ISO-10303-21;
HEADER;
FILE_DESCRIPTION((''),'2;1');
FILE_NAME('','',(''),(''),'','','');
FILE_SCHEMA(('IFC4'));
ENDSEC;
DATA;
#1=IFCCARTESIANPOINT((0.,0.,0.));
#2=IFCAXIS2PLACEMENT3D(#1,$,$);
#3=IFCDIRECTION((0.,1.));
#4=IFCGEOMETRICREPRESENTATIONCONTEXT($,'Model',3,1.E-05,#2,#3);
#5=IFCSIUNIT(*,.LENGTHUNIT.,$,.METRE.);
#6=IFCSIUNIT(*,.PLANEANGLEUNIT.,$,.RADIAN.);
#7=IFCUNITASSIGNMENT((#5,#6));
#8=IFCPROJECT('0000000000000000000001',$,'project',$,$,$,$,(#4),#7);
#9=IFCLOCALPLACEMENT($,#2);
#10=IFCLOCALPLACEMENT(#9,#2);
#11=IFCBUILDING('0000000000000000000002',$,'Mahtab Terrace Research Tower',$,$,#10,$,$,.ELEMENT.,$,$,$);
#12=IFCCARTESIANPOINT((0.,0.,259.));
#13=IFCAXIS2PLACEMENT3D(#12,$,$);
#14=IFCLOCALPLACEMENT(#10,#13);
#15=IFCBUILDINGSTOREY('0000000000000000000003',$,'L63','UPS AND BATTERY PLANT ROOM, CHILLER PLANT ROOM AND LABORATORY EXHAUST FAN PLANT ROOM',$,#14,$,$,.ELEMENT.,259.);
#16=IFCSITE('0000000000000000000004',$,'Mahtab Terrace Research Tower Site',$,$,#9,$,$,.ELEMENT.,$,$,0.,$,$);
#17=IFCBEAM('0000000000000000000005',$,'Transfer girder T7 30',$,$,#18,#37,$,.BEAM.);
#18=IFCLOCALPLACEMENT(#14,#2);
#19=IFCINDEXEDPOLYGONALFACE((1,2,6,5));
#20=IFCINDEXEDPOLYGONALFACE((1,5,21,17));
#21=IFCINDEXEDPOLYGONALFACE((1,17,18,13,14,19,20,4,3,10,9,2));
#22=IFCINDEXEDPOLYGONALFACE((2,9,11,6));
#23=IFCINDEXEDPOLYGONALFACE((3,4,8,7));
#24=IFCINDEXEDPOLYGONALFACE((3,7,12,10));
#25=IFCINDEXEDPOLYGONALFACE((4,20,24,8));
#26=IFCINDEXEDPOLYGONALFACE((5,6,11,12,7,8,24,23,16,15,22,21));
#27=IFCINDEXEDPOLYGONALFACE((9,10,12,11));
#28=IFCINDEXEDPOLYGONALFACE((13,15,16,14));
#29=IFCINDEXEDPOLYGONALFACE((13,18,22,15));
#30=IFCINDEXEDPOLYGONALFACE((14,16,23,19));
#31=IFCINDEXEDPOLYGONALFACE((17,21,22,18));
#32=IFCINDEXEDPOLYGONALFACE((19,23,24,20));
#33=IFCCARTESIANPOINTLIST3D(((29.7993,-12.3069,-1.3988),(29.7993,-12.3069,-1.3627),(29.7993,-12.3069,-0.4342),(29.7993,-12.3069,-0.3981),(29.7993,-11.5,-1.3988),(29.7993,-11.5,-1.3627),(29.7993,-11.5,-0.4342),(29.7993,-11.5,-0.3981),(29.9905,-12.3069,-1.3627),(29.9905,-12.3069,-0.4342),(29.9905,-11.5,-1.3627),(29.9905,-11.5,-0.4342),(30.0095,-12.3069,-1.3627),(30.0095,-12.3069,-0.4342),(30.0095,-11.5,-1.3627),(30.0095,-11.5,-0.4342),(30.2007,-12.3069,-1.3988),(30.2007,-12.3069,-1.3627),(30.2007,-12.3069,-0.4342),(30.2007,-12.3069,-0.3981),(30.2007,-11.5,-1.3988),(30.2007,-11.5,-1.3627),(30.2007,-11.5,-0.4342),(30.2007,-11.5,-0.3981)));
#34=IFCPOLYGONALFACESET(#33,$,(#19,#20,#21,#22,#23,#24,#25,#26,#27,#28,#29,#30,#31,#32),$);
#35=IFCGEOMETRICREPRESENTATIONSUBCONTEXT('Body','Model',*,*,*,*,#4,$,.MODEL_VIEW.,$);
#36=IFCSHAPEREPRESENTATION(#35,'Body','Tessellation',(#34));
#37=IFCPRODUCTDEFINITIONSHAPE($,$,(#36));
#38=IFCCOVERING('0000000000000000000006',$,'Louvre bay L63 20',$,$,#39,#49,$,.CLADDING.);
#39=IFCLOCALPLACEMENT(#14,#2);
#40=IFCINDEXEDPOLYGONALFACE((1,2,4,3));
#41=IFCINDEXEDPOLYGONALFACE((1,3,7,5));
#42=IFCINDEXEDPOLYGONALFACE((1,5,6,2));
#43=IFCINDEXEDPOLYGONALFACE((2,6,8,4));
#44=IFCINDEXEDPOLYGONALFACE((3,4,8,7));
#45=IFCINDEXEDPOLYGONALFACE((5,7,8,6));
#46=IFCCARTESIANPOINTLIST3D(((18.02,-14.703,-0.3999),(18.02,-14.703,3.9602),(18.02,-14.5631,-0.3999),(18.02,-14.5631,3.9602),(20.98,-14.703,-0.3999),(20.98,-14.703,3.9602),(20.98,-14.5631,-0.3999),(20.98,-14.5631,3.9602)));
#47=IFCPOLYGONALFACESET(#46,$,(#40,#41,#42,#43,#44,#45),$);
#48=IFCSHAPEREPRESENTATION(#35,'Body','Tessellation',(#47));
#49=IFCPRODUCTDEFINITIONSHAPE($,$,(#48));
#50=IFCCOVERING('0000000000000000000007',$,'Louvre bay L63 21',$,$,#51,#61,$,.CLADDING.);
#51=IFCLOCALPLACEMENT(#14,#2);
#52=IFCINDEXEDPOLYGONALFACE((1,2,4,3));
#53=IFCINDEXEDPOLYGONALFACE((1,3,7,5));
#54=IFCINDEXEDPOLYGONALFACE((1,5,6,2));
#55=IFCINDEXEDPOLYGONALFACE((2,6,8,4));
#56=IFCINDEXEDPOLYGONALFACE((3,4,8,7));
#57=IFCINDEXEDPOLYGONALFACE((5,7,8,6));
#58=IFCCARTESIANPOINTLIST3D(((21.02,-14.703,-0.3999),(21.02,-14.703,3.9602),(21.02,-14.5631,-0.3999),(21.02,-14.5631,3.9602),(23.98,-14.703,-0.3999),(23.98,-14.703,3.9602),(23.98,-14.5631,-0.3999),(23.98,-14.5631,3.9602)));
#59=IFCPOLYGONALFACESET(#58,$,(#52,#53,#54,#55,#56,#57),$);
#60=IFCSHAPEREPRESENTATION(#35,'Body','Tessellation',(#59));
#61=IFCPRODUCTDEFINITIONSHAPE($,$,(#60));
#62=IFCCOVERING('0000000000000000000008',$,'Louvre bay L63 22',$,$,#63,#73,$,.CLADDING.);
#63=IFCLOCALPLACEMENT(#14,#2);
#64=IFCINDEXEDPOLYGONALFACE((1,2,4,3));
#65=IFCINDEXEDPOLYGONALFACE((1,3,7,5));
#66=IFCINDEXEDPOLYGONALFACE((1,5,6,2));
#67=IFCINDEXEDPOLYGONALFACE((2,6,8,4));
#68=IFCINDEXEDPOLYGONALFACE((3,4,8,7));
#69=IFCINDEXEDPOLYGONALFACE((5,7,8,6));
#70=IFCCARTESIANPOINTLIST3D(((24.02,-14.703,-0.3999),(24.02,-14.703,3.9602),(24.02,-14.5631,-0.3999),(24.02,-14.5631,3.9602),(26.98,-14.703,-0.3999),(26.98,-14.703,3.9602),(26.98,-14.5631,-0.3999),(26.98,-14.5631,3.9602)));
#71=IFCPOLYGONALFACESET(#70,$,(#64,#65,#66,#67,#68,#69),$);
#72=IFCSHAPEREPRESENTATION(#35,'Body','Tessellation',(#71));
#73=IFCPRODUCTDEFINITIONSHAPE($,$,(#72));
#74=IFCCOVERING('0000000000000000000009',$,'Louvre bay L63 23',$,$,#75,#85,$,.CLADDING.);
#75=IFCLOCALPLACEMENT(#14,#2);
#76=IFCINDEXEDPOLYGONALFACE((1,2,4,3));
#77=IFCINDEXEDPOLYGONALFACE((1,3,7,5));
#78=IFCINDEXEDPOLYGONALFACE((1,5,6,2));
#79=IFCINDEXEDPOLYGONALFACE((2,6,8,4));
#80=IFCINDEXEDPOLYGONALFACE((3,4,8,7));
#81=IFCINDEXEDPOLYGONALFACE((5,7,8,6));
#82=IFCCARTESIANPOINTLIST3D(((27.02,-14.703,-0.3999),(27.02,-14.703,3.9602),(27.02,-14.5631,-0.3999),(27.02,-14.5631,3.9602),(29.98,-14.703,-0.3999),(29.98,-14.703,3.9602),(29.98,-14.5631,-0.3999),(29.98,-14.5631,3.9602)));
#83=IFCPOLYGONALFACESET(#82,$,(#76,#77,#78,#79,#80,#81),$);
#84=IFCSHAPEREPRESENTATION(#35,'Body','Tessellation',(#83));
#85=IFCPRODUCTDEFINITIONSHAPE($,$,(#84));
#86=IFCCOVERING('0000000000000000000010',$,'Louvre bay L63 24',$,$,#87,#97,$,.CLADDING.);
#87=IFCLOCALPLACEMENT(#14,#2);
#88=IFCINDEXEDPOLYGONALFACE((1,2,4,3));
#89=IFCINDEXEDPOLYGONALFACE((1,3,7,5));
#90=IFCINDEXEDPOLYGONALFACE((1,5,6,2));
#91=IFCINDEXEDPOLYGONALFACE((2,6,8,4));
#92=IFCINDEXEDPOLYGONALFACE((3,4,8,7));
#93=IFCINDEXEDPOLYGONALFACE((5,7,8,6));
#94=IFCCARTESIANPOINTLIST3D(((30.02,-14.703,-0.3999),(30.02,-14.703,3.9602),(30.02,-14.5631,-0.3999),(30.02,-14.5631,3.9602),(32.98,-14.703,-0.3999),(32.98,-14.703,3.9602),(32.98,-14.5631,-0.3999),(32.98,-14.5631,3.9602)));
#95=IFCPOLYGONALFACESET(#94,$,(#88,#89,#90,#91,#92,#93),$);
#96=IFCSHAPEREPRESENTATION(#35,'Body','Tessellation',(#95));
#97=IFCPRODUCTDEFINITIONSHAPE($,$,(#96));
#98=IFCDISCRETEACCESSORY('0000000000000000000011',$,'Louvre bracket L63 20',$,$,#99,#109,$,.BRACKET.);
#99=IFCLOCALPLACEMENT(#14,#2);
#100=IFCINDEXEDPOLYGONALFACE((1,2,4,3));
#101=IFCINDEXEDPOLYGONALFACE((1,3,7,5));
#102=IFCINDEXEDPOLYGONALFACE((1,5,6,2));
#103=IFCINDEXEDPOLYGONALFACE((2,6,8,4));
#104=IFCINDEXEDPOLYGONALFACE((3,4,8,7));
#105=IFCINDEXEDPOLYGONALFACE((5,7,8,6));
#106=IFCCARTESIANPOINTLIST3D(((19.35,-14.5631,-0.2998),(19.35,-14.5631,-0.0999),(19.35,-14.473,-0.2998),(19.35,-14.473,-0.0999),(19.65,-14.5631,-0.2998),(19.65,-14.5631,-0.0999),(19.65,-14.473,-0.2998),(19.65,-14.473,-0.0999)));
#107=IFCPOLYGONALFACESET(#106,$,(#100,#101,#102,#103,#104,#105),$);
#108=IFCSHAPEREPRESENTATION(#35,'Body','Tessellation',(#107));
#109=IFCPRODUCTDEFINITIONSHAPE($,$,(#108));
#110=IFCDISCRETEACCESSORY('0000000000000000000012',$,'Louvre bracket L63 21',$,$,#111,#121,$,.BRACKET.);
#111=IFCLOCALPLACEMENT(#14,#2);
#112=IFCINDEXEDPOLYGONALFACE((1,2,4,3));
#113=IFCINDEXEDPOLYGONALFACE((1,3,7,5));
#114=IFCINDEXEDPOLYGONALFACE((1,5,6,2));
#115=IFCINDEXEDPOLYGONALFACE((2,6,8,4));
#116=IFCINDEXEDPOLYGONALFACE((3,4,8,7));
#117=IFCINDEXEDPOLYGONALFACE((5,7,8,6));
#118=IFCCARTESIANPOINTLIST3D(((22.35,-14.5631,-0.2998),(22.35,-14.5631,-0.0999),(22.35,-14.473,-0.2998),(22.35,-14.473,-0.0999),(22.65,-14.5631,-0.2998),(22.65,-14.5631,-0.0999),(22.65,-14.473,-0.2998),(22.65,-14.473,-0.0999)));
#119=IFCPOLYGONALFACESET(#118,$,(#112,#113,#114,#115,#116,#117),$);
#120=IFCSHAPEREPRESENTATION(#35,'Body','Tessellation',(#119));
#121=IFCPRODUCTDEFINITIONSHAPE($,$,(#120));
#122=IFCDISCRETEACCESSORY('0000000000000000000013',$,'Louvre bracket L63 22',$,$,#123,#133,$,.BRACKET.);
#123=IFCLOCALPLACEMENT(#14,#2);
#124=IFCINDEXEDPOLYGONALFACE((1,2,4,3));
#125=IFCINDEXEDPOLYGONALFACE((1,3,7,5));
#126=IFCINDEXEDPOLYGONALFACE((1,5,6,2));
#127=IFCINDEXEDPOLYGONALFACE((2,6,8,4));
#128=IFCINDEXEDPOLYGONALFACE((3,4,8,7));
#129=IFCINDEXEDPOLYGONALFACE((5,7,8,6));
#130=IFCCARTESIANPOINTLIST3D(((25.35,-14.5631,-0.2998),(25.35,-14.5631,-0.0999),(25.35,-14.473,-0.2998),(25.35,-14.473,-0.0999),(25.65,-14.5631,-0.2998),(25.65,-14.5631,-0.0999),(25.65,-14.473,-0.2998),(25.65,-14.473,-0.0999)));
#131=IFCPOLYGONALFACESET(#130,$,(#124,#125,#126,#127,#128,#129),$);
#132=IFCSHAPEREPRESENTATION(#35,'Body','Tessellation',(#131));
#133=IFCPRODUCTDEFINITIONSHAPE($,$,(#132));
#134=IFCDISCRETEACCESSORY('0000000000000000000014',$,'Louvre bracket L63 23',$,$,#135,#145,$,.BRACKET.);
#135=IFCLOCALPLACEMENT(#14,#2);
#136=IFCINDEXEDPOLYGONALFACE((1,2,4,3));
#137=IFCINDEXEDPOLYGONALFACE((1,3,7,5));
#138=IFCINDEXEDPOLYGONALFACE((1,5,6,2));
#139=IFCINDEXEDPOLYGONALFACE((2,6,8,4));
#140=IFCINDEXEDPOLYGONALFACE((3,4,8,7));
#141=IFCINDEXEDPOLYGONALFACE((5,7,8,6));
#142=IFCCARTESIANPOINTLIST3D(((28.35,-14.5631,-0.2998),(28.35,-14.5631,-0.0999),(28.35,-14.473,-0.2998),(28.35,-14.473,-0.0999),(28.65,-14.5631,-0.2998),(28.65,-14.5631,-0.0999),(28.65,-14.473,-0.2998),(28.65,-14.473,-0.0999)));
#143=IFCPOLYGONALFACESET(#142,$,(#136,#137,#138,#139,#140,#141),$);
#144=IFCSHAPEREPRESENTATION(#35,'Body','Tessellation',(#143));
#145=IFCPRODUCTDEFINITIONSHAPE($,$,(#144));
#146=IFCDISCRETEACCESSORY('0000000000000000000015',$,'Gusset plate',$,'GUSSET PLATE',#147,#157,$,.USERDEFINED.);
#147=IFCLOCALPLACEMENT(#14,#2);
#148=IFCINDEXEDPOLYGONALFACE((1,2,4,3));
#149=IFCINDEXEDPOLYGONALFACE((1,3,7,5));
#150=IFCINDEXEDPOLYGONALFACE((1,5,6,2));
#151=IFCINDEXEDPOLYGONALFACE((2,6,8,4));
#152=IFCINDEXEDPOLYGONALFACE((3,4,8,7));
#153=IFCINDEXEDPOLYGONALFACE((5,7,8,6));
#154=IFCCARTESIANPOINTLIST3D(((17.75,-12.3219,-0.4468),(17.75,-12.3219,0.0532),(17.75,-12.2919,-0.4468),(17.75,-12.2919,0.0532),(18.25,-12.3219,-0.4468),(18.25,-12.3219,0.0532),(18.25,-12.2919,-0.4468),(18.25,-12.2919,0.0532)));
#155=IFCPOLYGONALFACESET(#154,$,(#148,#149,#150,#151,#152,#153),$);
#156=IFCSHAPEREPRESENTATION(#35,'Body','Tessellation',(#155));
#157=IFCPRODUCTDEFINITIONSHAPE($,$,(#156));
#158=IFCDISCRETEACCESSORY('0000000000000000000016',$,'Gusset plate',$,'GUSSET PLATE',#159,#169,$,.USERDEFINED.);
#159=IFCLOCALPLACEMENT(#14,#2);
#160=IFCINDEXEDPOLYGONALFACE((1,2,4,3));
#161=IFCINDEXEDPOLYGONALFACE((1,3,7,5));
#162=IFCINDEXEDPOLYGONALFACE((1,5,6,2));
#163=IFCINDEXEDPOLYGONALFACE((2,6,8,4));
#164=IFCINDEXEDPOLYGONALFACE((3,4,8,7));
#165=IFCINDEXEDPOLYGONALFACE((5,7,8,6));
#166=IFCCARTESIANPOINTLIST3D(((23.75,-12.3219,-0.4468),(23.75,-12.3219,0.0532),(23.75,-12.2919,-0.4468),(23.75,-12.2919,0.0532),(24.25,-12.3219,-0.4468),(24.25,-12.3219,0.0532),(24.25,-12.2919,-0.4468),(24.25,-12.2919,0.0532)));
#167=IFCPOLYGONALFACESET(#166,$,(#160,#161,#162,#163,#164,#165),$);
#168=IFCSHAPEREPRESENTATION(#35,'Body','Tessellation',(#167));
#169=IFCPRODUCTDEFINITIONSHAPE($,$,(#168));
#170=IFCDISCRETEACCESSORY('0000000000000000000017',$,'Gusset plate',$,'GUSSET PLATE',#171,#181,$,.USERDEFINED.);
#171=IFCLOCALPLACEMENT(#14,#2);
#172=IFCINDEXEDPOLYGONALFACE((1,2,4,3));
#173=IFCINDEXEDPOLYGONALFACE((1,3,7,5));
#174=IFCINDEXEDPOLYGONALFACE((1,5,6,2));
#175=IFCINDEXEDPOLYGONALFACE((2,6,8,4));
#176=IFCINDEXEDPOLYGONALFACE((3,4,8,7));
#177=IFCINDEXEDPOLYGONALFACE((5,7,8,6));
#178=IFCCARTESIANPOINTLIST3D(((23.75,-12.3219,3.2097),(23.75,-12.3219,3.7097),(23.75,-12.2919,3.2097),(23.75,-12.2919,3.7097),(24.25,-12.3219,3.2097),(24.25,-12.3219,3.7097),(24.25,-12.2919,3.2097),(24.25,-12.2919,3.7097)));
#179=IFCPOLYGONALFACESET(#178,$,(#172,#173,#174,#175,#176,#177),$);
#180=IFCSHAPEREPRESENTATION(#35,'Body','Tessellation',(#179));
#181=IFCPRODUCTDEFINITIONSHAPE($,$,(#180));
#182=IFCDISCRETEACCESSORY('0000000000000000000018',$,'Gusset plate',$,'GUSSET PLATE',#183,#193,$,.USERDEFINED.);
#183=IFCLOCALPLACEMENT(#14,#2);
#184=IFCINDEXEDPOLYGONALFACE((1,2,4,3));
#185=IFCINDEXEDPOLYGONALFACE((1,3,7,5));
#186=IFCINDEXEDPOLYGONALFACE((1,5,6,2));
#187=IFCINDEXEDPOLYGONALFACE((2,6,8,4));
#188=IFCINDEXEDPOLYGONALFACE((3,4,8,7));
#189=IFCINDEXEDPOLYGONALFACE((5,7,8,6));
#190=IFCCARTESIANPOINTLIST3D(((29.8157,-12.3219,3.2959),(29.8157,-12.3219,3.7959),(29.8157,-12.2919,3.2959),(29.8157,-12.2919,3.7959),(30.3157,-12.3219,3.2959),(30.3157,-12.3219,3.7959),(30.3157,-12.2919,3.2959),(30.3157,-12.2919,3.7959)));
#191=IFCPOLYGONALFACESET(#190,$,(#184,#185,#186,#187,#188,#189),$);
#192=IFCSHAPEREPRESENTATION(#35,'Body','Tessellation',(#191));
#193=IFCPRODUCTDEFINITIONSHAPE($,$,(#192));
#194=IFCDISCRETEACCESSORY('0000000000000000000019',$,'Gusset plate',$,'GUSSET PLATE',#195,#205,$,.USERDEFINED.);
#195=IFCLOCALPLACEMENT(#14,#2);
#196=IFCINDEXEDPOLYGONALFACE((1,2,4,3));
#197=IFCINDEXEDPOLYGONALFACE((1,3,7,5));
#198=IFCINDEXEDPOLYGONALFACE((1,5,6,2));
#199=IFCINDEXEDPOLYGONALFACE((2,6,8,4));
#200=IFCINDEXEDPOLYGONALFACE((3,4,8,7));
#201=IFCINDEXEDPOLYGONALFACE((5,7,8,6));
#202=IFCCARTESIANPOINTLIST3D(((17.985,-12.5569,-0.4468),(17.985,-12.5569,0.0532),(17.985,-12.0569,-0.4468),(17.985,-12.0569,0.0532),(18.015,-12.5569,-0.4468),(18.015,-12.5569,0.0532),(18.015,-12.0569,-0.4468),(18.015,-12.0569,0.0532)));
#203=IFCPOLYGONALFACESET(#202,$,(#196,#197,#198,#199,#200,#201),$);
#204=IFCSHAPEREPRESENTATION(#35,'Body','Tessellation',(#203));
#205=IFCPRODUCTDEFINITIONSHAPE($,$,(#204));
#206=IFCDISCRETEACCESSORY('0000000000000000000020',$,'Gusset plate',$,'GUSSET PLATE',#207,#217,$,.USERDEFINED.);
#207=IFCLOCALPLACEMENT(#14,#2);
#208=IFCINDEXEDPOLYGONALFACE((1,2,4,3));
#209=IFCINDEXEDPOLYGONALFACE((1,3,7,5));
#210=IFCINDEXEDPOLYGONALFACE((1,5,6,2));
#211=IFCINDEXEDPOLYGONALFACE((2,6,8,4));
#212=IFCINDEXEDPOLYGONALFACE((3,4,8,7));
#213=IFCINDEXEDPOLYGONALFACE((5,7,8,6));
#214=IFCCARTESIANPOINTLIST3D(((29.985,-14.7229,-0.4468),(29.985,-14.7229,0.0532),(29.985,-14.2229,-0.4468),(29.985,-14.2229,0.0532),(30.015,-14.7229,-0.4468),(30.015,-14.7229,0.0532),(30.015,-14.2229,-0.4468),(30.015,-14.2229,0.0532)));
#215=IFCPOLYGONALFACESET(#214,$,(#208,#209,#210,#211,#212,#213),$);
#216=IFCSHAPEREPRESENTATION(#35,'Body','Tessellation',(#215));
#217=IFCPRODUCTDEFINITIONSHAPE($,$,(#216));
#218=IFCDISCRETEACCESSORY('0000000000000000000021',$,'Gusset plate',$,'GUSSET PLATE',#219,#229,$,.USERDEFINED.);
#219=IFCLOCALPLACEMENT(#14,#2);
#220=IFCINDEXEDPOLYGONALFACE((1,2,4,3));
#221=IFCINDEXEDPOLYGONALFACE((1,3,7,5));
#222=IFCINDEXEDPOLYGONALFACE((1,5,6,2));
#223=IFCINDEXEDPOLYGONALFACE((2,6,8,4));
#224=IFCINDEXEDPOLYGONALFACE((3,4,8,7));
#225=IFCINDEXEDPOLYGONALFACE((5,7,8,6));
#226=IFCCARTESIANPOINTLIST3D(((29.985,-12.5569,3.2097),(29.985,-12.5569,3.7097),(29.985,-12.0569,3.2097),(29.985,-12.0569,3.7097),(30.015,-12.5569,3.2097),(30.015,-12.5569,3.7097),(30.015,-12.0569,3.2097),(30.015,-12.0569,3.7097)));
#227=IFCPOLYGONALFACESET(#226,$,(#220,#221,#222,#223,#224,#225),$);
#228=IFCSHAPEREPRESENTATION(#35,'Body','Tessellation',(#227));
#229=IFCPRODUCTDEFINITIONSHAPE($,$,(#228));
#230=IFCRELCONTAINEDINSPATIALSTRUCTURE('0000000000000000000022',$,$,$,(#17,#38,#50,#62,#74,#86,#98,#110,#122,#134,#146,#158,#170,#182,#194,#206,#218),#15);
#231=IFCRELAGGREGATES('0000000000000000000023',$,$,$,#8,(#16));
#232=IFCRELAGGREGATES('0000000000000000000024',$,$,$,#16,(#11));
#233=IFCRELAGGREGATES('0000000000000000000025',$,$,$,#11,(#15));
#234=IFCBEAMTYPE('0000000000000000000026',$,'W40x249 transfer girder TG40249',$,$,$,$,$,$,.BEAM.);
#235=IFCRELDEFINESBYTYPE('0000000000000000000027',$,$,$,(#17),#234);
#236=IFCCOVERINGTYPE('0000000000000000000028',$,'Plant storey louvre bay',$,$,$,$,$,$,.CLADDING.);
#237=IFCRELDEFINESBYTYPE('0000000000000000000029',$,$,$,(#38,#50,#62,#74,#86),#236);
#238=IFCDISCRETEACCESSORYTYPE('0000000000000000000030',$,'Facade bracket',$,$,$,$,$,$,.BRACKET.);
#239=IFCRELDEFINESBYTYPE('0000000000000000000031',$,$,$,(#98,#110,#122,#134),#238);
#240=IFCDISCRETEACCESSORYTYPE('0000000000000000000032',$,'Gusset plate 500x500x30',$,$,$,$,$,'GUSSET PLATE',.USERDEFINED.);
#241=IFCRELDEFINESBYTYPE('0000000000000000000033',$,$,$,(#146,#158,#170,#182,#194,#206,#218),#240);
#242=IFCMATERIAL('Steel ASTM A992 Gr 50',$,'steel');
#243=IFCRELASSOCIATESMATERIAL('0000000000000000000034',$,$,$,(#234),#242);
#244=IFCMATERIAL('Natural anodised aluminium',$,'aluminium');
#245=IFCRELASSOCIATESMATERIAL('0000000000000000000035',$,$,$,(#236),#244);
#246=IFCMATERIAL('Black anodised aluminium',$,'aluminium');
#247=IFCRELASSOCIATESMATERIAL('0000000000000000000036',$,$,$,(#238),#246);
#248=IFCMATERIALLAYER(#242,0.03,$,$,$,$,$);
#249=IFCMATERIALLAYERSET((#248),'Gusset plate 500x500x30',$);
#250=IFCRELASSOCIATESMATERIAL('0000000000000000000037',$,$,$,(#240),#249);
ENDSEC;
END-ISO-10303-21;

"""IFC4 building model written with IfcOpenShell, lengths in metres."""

from ifc_helpers import new_model, si_unit, direction, frame, origin, origin_2d, place, context, subcontext, project, spatial, rectangle, i_section, extrude, material, layer, layer_set, material_profile, profile_set, type_object, element, save


model = new_model("IFC4")

# Units and contexts
model_context = context("Model", 3, precision=1e-05, world=origin(), true_north=direction((0.0, 1.0)))
body_context = subcontext(model_context, "Body", "Model", "MODEL_VIEW")
ifc_project = project(units=[si_unit("LENGTHUNIT", "METRE"), si_unit("PLANEANGLEUNIT", "RADIAN")], contexts=[model_context])

# Site, building, storey
site_placement = place(None, origin())
site = spatial("IfcSite", under=ifc_project, at=site_placement, Name="Mahtab Terrace Research Tower Site", CompositionType="ELEMENT", RefElevation=0.0)
building_placement = place(site_placement, origin())
building = spatial("IfcBuilding", under=site, at=building_placement, Name="Mahtab Terrace Research Tower", CompositionType="ELEMENT")
storey_placement = place(building_placement, frame((0.0, 0.0, 259.0)))
storey = spatial("IfcBuildingStorey", under=building, at=storey_placement, Name="L63", Description="UPS AND BATTERY PLANT ROOM, CHILLER PLANT ROOM AND LABORATORY EXHAUST FAN PLANT ROOM", CompositionType="ELEMENT", Elevation=259.0)

# Shared definitions
ifc_material_1 = material(Name="Steel ASTM A992 Gr 50", Category="steel")

# Beam
ifc_material_profile_1 = material_profile(ifc_material_1, i_section(OverallWidth=0.4014, OverallDepth=1.0007, WebThickness=0.019, FlangeThickness=0.0361, at=origin_2d()), Name="W40X249")
ifc_profile_set_1 = profile_set([ifc_material_profile_1], Name="Steel ASTM A992 Gr 50")
beam_type = type_object("IfcBeamType", Name="W40x249 transfer girder TG40249", PredefinedType="BEAM", material=ifc_profile_set_1)
beam_1_placement = place(storey_placement, frame((30.0, -12.3069, -0.8984), z_axis=(0.0, 1.0, 0.0), x_axis=(-1.0, 0.0, 0.0)))
element("IfcBeam", 1, at=beam_1_placement, inside=storey, type_object=beam_type, Name="Transfer girder T7 30", PredefinedType="BEAM", context=body_context, shape_type="SweptSolid", body=[
    extrude(i_section(OverallWidth=0.4014, OverallDepth=1.0007, WebThickness=0.019, FlangeThickness=0.0361, at=origin_2d()), origin(), (0.0, 0.0, 1.0), 0.8069),
])

# Coverings
ifc_material_2 = material(Name="Natural anodised aluminium", Category="aluminium")
covering_type = type_object("IfcCoveringType", Name="Plant storey louvre bay", PredefinedType="CLADDING", material=ifc_material_2)
for number, where, z_axis, x_axis, name in (
    (2, (19.5, -14.6331, -0.3999), (0.0, 0.0, 1.0), (1.0, 0.0, 0.0), "Louvre bay L63 20"),
    (3, (22.5, -14.6331, -0.3999), (0.0, 0.0, 1.0), (1.0, 0.0, 0.0), "Louvre bay L63 21"),
    (4, (25.5, -14.6331, -0.3999), (0.0, 0.0, 1.0), (1.0, 0.0, 0.0), "Louvre bay L63 22"),
    (5, (28.5, -14.6331, -0.3999), (0.0, 0.0, 1.0), (1.0, 0.0, 0.0), "Louvre bay L63 23"),
    (6, (31.5, -14.6331, -0.3999), (0.0, 0.0, 1.0), (1.0, 0.0, 0.0), "Louvre bay L63 24"),
):
    element("IfcCovering", number, at=place(storey_placement, frame(where, z_axis=z_axis, x_axis=x_axis)), inside=storey, type_object=covering_type, Name=name, PredefinedType="CLADDING", context=body_context, shape_type="SweptSolid", body=[
        extrude(rectangle(XDim=2.96, YDim=0.1399, at=origin_2d()), origin(), (0.0, 0.0, 1.0), 4.3601),
    ])

# Discrete accessories
ifc_material_3 = material(Name="Black anodised aluminium", Category="aluminium")
discrete_accessory_type_1 = type_object("IfcDiscreteAccessoryType", Name="Facade bracket", PredefinedType="BRACKET", material=ifc_material_3)
for number, where, z_axis, x_axis, name in (
    (7, (19.5, -14.5181, -0.2998), (0.0, 0.0, 1.0), (1.0, 0.0, 0.0), "Louvre bracket L63 20"),
    (8, (22.5, -14.5181, -0.2998), (0.0, 0.0, 1.0), (1.0, 0.0, 0.0), "Louvre bracket L63 21"),
    (9, (25.5, -14.5181, -0.2998), (0.0, 0.0, 1.0), (1.0, 0.0, 0.0), "Louvre bracket L63 22"),
    (10, (28.5, -14.5181, -0.2998), (0.0, 0.0, 1.0), (1.0, 0.0, 0.0), "Louvre bracket L63 23"),
):
    element("IfcDiscreteAccessory", number, at=place(storey_placement, frame(where, z_axis=z_axis, x_axis=x_axis)), inside=storey, type_object=discrete_accessory_type_1, Name=name, PredefinedType="BRACKET", context=body_context, shape_type="SweptSolid", body=[
        extrude(rectangle(XDim=0.3, YDim=0.0901, at=origin_2d()), origin(), (0.0, 0.0, 1.0), 0.2),
    ])
ifc_layer = layer(ifc_material_1, 0.03)
ifc_layer_set = layer_set([ifc_layer], Name="Gusset plate 500x500x30")
discrete_accessory_type_2 = type_object("IfcDiscreteAccessoryType", Name="Gusset plate 500x500x30", ElementType="GUSSET PLATE", PredefinedType="USERDEFINED", material=ifc_layer_set)
for number, where, z_axis, x_axis, name in (
    (11, (18.0, -12.3069, -0.4468), (0.0, 0.0, 1.0), (1.0, 0.0, 0.0), "Gusset plate"),
    (12, (24.0, -12.3069, -0.4468), (0.0, 0.0, 1.0), (1.0, 0.0, 0.0), "Gusset plate"),
    (13, (24.0, -12.3069, 3.2097), (0.0, 0.0, 1.0), (1.0, 0.0, 0.0), "Gusset plate"),
    (14, (30.0657, -12.3069, 3.2959), (0.0, 0.0, 1.0), (1.0, 0.0, 0.0), "Gusset plate"),
    (15, (18.0, -12.3069, -0.4468), (0.0, 0.0, 1.0), (0.0, 1.0, 0.0), "Gusset plate"),
    (16, (30.0, -14.4729, -0.4468), (0.0, 0.0, 1.0), (0.0, 1.0, 0.0), "Gusset plate"),
    (17, (30.0, -12.3069, 3.2097), (0.0, 0.0, 1.0), (0.0, 1.0, 0.0), "Gusset plate"),
):
    element("IfcDiscreteAccessory", number, at=place(storey_placement, frame(where, z_axis=z_axis, x_axis=x_axis)), inside=storey, type_object=discrete_accessory_type_2, Name=name, ObjectType="GUSSET PLATE", PredefinedType="USERDEFINED", context=body_context, shape_type="SweptSolid", body=[
        extrude(rectangle(XDim=0.5, YDim=0.03, at=origin_2d()), origin(), (0.0, 0.0, 1.0), 0.5),
    ])

save(model, "model.ifc")
